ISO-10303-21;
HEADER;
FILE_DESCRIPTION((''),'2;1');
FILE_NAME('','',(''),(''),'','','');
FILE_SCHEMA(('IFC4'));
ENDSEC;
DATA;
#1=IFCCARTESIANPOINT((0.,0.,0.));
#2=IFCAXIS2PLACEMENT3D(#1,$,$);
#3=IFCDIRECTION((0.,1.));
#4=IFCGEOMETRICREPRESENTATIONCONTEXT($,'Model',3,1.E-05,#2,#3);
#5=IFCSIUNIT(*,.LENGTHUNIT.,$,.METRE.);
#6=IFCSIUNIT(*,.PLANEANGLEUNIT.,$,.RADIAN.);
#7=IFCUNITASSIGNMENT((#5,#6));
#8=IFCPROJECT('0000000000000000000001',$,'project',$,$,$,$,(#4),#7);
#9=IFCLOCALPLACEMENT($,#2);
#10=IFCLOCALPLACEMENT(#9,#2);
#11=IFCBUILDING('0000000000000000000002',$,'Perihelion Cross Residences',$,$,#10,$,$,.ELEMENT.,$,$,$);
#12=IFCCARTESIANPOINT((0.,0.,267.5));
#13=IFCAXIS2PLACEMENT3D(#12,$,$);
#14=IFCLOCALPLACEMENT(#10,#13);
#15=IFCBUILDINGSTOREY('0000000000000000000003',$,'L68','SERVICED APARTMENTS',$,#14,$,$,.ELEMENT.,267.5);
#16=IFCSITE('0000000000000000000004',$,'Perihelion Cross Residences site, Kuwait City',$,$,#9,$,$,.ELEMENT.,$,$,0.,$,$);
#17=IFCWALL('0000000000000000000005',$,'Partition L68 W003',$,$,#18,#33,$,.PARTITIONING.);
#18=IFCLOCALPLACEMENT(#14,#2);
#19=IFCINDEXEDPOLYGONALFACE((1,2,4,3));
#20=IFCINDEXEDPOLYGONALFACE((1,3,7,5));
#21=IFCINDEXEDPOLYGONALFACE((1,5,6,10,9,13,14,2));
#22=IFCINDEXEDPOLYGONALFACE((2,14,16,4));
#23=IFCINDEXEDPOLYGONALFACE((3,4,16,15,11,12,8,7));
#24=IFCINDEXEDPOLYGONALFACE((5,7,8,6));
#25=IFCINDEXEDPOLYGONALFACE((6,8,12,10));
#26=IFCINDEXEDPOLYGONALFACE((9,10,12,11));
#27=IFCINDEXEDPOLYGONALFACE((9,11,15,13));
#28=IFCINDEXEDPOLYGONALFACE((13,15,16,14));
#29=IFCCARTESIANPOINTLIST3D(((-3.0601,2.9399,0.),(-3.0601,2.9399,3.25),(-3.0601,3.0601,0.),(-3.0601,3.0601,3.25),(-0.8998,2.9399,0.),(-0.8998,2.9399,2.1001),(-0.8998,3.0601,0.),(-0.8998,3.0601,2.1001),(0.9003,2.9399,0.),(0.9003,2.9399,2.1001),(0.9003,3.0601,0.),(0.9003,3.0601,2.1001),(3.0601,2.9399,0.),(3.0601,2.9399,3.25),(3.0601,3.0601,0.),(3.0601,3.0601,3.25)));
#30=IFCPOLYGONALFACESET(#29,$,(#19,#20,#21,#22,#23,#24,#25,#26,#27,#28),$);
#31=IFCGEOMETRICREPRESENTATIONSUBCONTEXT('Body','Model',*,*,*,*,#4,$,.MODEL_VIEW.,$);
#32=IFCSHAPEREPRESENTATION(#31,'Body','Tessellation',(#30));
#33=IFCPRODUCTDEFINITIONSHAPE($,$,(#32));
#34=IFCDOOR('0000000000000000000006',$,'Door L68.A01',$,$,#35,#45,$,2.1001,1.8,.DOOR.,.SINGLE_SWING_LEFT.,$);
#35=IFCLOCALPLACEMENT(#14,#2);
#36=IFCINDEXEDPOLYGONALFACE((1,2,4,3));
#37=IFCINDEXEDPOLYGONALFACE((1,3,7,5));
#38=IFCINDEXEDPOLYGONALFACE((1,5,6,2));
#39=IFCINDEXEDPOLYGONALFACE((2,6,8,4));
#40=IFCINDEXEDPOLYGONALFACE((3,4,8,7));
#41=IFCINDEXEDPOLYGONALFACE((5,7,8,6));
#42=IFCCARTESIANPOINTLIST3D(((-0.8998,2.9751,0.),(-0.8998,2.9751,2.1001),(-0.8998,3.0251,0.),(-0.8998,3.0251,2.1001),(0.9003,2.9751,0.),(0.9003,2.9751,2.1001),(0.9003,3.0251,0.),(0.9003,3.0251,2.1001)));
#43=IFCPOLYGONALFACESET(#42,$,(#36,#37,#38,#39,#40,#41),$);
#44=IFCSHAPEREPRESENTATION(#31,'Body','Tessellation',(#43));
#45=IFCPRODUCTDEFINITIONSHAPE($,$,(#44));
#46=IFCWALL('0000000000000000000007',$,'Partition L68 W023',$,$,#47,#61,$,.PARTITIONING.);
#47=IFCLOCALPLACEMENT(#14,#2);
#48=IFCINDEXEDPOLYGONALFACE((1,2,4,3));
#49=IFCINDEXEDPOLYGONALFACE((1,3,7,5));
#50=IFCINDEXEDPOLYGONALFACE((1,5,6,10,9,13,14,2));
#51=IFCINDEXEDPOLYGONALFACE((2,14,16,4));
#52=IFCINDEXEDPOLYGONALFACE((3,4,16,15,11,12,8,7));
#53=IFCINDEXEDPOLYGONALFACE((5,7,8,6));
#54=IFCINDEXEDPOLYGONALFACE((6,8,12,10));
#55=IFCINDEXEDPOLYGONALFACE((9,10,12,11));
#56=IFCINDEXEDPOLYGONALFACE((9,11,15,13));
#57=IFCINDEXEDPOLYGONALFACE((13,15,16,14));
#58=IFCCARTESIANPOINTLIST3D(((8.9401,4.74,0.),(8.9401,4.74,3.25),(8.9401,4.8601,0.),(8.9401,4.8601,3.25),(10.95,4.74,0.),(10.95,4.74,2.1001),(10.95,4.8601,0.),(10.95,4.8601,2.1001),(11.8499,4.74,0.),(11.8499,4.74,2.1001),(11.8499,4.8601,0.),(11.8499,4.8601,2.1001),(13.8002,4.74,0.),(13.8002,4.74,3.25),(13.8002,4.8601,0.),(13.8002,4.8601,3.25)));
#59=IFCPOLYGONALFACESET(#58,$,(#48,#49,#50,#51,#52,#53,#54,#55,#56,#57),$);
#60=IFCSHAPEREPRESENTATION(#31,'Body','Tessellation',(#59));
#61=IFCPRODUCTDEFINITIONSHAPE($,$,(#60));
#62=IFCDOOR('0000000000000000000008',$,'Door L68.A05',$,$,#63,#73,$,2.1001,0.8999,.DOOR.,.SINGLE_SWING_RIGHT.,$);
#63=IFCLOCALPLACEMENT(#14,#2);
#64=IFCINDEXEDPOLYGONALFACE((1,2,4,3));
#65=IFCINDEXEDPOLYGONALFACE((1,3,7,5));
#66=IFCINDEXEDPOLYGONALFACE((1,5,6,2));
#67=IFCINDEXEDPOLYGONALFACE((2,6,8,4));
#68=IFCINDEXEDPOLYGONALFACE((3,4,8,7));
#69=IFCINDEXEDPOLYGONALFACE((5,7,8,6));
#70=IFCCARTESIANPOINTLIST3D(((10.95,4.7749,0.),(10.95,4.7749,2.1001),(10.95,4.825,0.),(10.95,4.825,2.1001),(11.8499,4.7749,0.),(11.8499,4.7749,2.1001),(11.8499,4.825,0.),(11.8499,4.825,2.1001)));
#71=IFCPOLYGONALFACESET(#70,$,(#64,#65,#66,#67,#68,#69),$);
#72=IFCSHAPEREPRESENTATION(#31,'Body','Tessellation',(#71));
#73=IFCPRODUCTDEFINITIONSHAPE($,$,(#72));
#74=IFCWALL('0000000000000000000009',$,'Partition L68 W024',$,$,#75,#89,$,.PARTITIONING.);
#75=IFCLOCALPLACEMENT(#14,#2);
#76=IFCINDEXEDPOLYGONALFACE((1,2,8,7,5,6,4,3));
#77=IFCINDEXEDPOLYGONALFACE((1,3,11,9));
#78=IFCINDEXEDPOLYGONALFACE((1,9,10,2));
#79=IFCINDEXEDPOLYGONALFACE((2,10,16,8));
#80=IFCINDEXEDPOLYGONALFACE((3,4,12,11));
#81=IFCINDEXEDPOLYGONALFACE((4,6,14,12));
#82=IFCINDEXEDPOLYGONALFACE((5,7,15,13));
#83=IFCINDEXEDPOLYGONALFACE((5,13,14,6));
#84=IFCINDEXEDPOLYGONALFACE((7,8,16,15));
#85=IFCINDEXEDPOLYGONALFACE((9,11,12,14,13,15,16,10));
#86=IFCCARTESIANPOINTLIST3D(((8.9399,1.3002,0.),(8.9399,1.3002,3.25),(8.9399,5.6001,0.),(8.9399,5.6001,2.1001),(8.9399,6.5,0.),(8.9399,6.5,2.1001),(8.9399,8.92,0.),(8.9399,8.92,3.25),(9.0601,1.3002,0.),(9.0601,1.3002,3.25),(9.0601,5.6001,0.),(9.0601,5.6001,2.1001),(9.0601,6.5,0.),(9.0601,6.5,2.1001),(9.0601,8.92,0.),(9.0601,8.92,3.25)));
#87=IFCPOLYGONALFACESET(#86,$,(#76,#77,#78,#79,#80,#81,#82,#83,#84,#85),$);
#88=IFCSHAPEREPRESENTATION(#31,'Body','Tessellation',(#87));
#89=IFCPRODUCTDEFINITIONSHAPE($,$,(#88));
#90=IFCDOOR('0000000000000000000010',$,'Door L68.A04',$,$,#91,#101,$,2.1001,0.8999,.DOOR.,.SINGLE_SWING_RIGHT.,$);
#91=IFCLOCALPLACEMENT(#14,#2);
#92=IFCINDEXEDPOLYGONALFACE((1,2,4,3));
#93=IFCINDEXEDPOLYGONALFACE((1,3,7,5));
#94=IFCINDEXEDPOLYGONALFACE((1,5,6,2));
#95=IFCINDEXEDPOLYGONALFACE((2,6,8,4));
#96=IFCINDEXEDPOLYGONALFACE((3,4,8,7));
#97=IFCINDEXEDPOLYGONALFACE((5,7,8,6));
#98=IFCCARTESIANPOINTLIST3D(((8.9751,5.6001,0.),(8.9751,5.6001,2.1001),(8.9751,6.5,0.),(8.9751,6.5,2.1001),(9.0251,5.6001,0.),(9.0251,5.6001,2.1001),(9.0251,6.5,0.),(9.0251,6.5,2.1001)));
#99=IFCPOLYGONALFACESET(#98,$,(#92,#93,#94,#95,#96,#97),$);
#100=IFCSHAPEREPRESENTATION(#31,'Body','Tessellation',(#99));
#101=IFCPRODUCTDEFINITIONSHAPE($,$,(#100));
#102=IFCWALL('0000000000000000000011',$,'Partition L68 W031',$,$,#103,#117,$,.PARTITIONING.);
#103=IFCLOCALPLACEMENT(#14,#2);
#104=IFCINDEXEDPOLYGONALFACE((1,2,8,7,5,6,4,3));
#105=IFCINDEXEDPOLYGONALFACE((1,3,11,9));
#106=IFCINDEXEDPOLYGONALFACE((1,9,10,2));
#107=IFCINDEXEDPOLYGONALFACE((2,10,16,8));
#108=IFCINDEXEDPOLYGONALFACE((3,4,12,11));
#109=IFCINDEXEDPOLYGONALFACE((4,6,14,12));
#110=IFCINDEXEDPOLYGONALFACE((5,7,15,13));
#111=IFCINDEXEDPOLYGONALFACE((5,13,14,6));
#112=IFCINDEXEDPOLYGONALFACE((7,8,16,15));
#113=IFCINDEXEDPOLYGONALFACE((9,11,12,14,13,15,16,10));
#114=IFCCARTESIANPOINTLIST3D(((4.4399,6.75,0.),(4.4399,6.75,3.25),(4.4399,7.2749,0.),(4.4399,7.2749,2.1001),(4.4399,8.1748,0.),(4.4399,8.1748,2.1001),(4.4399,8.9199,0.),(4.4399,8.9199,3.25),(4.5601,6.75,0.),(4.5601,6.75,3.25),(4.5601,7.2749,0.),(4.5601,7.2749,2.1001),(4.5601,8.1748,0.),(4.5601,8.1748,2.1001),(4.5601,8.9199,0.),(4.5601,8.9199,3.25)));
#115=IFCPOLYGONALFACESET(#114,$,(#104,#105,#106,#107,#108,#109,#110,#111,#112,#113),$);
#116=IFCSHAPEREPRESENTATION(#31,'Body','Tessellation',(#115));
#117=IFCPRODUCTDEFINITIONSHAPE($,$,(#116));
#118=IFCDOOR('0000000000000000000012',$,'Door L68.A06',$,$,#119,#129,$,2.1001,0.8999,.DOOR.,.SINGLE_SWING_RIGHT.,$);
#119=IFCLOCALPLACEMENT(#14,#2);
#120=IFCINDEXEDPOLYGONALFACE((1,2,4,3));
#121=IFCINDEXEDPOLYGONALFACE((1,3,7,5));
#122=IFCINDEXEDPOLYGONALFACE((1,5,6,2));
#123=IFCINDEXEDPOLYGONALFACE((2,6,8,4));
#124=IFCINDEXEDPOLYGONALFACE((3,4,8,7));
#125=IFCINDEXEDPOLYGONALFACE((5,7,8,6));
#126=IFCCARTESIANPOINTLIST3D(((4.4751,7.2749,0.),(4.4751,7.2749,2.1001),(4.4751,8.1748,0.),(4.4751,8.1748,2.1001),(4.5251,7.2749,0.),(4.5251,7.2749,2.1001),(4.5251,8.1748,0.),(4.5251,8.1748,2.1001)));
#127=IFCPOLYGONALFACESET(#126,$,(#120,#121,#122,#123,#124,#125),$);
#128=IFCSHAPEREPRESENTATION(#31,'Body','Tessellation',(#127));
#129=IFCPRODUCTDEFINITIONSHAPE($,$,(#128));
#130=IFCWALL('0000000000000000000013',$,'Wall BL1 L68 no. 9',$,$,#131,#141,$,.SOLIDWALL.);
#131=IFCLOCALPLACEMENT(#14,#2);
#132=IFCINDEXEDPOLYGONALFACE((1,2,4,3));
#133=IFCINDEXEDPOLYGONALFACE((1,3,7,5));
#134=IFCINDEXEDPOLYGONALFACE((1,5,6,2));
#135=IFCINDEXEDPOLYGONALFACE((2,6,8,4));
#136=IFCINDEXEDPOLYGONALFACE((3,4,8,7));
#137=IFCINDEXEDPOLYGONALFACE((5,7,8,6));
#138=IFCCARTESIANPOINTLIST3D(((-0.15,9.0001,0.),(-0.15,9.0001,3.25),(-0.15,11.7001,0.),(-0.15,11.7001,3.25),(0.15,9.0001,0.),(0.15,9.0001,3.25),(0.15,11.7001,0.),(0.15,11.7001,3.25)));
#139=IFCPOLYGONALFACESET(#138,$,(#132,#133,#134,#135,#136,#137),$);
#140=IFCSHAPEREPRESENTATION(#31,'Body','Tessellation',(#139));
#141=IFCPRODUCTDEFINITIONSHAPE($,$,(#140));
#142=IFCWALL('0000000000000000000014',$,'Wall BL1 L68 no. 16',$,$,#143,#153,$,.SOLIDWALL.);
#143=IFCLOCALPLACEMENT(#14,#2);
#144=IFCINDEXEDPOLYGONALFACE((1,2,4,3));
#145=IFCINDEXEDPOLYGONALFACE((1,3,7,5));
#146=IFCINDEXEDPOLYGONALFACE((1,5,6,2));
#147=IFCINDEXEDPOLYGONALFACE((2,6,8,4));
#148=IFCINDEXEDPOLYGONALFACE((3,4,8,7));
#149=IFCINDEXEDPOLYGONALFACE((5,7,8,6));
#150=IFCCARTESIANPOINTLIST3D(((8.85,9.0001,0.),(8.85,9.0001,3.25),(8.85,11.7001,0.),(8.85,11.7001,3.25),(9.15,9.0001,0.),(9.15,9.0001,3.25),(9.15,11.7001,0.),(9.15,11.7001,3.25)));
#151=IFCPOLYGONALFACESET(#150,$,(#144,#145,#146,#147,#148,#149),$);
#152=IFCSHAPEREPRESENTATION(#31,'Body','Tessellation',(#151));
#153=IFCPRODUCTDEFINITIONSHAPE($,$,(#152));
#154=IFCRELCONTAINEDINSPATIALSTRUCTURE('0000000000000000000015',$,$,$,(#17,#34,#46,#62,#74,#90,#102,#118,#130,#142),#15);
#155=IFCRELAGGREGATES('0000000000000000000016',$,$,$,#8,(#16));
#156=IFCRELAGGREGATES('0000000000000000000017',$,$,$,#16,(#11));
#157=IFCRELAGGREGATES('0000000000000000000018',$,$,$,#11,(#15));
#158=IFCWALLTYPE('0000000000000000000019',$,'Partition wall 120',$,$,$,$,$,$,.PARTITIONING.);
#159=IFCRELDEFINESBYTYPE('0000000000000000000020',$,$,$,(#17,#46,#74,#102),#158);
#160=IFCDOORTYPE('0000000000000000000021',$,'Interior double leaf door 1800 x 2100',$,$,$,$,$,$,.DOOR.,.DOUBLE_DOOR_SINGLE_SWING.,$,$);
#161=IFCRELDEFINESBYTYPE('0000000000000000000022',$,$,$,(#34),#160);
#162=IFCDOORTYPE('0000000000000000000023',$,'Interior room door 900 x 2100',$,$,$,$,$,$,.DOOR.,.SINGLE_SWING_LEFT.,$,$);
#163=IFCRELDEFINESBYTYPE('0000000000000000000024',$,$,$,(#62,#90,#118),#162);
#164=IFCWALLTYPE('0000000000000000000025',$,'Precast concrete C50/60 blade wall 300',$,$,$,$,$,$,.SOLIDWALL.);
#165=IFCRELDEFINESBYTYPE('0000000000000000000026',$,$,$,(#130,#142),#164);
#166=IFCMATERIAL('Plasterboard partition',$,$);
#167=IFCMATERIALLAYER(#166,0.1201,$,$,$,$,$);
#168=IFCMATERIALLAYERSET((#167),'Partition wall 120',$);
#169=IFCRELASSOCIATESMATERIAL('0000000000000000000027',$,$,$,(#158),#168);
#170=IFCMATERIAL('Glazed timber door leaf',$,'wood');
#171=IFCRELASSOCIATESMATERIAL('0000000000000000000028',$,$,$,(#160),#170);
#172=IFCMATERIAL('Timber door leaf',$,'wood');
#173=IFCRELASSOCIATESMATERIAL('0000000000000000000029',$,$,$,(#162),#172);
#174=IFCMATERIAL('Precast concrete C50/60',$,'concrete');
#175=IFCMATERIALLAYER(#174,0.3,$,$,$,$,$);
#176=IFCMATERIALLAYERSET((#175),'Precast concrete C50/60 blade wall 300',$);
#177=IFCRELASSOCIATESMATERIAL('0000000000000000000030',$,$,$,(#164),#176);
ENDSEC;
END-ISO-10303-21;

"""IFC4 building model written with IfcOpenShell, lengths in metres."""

from ifc_helpers import new_model, si_unit, direction, frame, frame_2d, origin, place, context, subcontext, project, spatial, rectangle, extrude, material, layer, layer_set, type_object, element, fill, save


model = new_model("IFC4")

# Units and contexts
model_context = context("Model", 3, precision=1e-05, world=origin(), true_north=direction((0.0, 1.0)))
body_context = subcontext(model_context, "Body", "Model", "MODEL_VIEW")
ifc_project = project(units=[si_unit("LENGTHUNIT", "METRE"), si_unit("PLANEANGLEUNIT", "RADIAN")], contexts=[model_context])

# Site, building, storey
site_placement = place(None, origin())
site = spatial("IfcSite", under=ifc_project, at=site_placement, Name="Perihelion Cross Residences site, Kuwait City", CompositionType="ELEMENT", RefElevation=0.0)
building_placement = place(site_placement, origin())
building = spatial("IfcBuilding", under=site, at=building_placement, Name="Perihelion Cross Residences", CompositionType="ELEMENT")
storey_placement = place(building_placement, frame((0.0, 0.0, 267.5)))
storey = spatial("IfcBuildingStorey", under=building, at=storey_placement, Name="L68", Description="SERVICED APARTMENTS", CompositionType="ELEMENT", Elevation=267.5)

# Walls, openings, doors
ifc_material_1 = material(Name="Plasterboard partition")
ifc_layer_1 = layer(ifc_material_1, 0.1201)
ifc_layer_set_1 = layer_set([ifc_layer_1], Name="Partition wall 120")
wall_type_1 = type_object("IfcWallType", Name="Partition wall 120", PredefinedType="PARTITIONING", material=ifc_layer_set_1)
wall_1_placement = place(storey_placement, frame((3.0601, 3.0, 0.0), z_axis=(0.0, 0.0, 1.0), x_axis=(-1.0, 0.0, 0.0)))
wall_1 = element("IfcWall", 1, at=wall_1_placement, inside=storey, type_object=wall_type_1, Name="Partition L68 W003", PredefinedType="PARTITIONING", context=body_context, shape_type="SweptSolid", body=[
    extrude(rectangle(XDim=6.1201, YDim=0.1201, at=frame_2d((3.0601, 0.0))), origin(), (0.0, 0.0, 1.0), 3.25),
])
opening_1_placement = place(wall_1_placement, frame((2.1599, 0.0, 0.0)))
opening_1 = element("IfcOpeningElement", 2, at=opening_1_placement, cuts=wall_1, PredefinedType="OPENING", context=body_context, shape_type="SweptSolid", body=[
    extrude(rectangle(XDim=1.8, YDim=2.1001, at=frame_2d((0.8999, 1.05))), frame((0.0, 0.0701, 0.0), z_axis=(0.0, -1.0, 0.0), x_axis=(1.0, 0.0, 0.0)), (0.0, 0.0, 1.0), 0.1401),
])
ifc_material_2 = material(Name="Glazed timber door leaf", Category="wood")
door_type_1 = type_object("IfcDoorType", Name="Interior double leaf door 1800 x 2100", OperationType="DOUBLE_DOOR_SINGLE_SWING", PredefinedType="DOOR", material=ifc_material_2)
door_1_placement = place(opening_1_placement, origin())
door_1 = element("IfcDoor", 3, at=door_1_placement, inside=storey, type_object=door_type_1, Name="Door L68.A01", OperationType="SINGLE_SWING_LEFT", OverallHeight=2.1001, OverallWidth=1.8, PredefinedType="DOOR", context=body_context, shape_type="SweptSolid", body=[
    extrude(rectangle(XDim=1.8, YDim=2.1001, at=frame_2d((0.8999, 1.05))), frame((0.0, 0.0249, 0.0), z_axis=(0.0, -1.0, 0.0), x_axis=(1.0, 0.0, 0.0)), (0.0, 0.0, 1.0), 0.05),
])
fill(opening_1, door_1)
wall_2_placement = place(storey_placement, frame((8.9399, 4.8, 0.0), z_axis=(0.0, 0.0, 1.0), x_axis=(1.0, 0.0, 0.0)))
wall_2 = element("IfcWall", 4, at=wall_2_placement, inside=storey, type_object=wall_type_1, Name="Partition L68 W023", PredefinedType="PARTITIONING", context=body_context, shape_type="SweptSolid", body=[
    extrude(rectangle(XDim=4.8601, YDim=0.1201, at=frame_2d((2.4302, 0.0))), origin(), (0.0, 0.0, 1.0), 3.25),
])
opening_2_placement = place(wall_2_placement, frame((2.01, 0.0, 0.0)))
opening_2 = element("IfcOpeningElement", 5, at=opening_2_placement, cuts=wall_2, PredefinedType="OPENING", context=body_context, shape_type="SweptSolid", body=[
    extrude(rectangle(XDim=0.8999, YDim=2.1001, at=frame_2d((0.45, 1.05))), frame((0.0, 0.0701, 0.0), z_axis=(0.0, -1.0, 0.0), x_axis=(1.0, 0.0, 0.0)), (0.0, 0.0, 1.0), 0.1401),
])
ifc_material_3 = material(Name="Timber door leaf", Category="wood")
door_type_2 = type_object("IfcDoorType", Name="Interior room door 900 x 2100", OperationType="SINGLE_SWING_LEFT", PredefinedType="DOOR", material=ifc_material_3)
door_2_placement = place(opening_2_placement, origin())
door_2 = element("IfcDoor", 6, at=door_2_placement, inside=storey, type_object=door_type_2, Name="Door L68.A05", OperationType="SINGLE_SWING_RIGHT", OverallHeight=2.1001, OverallWidth=0.8999, PredefinedType="DOOR", context=body_context, shape_type="SweptSolid", body=[
    extrude(rectangle(XDim=0.8999, YDim=2.1001, at=frame_2d((0.45, 1.05))), frame((0.0, 0.0249, 0.0), z_axis=(0.0, -1.0, 0.0), x_axis=(1.0, 0.0, 0.0)), (0.0, 0.0, 1.0), 0.05),
])
fill(opening_2, door_2)
wall_3_placement = place(storey_placement, frame((9.0, 1.3, 0.0), z_axis=(0.0, 0.0, 1.0), x_axis=(0.0, 1.0, 0.0)))
wall_3 = element("IfcWall", 7, at=wall_3_placement, inside=storey, type_object=wall_type_1, Name="Partition L68 W024", PredefinedType="PARTITIONING", context=body_context, shape_type="SweptSolid", body=[
    extrude(rectangle(XDim=7.6199, YDim=0.1201, at=frame_2d((3.8101, 0.0))), origin(), (0.0, 0.0, 1.0), 3.25),
])
opening_3_placement = place(wall_3_placement, frame((4.3, 0.0, 0.0)))
opening_3 = element("IfcOpeningElement", 8, at=opening_3_placement, cuts=wall_3, PredefinedType="OPENING", context=body_context, shape_type="SweptSolid", body=[
    extrude(rectangle(XDim=0.8999, YDim=2.1001, at=frame_2d((0.45, 1.05))), frame((0.0, 0.0701, 0.0), z_axis=(0.0, -1.0, 0.0), x_axis=(1.0, 0.0, 0.0)), (0.0, 0.0, 1.0), 0.1401),
])
door_3_placement = place(opening_3_placement, origin())
door_3 = element("IfcDoor", 9, at=door_3_placement, inside=storey, type_object=door_type_2, Name="Door L68.A04", OperationType="SINGLE_SWING_RIGHT", OverallHeight=2.1001, OverallWidth=0.8999, PredefinedType="DOOR", context=body_context, shape_type="SweptSolid", body=[
    extrude(rectangle(XDim=0.8999, YDim=2.1001, at=frame_2d((0.45, 1.05))), frame((0.0, 0.0249, 0.0), z_axis=(0.0, -1.0, 0.0), x_axis=(1.0, 0.0, 0.0)), (0.0, 0.0, 1.0), 0.05),
])
fill(opening_3, door_3)
wall_4_placement = place(storey_placement, frame((4.5, 6.75, 0.0), z_axis=(0.0, 0.0, 1.0), x_axis=(0.0, 1.0, 0.0)))
wall_4 = element("IfcWall", 10, at=wall_4_placement, inside=storey, type_object=wall_type_1, Name="Partition L68 W031", PredefinedType="PARTITIONING", context=body_context, shape_type="SweptSolid", body=[
    extrude(rectangle(XDim=2.1699, YDim=0.1201, at=frame_2d((1.085, 0.0))), origin(), (0.0, 0.0, 1.0), 3.25),
])
opening_4_placement = place(wall_4_placement, frame((0.5249, 0.0, 0.0)))
opening_4 = element("IfcOpeningElement", 11, at=opening_4_placement, cuts=wall_4, PredefinedType="OPENING", context=body_context, shape_type="SweptSolid", body=[
    extrude(rectangle(XDim=0.8999, YDim=2.1001, at=frame_2d((0.45, 1.05))), frame((0.0, 0.0701, 0.0), z_axis=(0.0, -1.0, 0.0), x_axis=(1.0, 0.0, 0.0)), (0.0, 0.0, 1.0), 0.1401),
])
door_4_placement = place(opening_4_placement, origin())
door_4 = element("IfcDoor", 12, at=door_4_placement, inside=storey, type_object=door_type_2, Name="Door L68.A06", OperationType="SINGLE_SWING_RIGHT", OverallHeight=2.1001, OverallWidth=0.8999, PredefinedType="DOOR", context=body_context, shape_type="SweptSolid", body=[
    extrude(rectangle(XDim=0.8999, YDim=2.1001, at=frame_2d((0.45, 1.05))), frame((0.0, 0.0249, 0.0), z_axis=(0.0, -1.0, 0.0), x_axis=(1.0, 0.0, 0.0)), (0.0, 0.0, 1.0), 0.05),
])
fill(opening_4, door_4)

# Walls
ifc_material_4 = material(Name="Precast concrete C50/60", Category="concrete")
ifc_layer_2 = layer(ifc_material_4, 0.3)
ifc_layer_set_2 = layer_set([ifc_layer_2], Name="Precast concrete C50/60 blade wall 300")
wall_type_2 = type_object("IfcWallType", Name="Precast concrete C50/60 blade wall 300", PredefinedType="SOLIDWALL", material=ifc_layer_set_2)
for number, where, z_axis, x_axis, name in (
    (13, (0.0, 9.0, 0.0), (0.0, 0.0, 1.0), (0.0, 1.0, 0.0), "Wall BL1 L68 no. 9"),
    (14, (9.0, 9.0, 0.0), (0.0, 0.0, 1.0), (0.0, 1.0, 0.0), "Wall BL1 L68 no. 16"),
):
    element("IfcWall", number, at=place(storey_placement, frame(where, z_axis=z_axis, x_axis=x_axis)), inside=storey, type_object=wall_type_2, Name=name, PredefinedType="SOLIDWALL", context=body_context, shape_type="SweptSolid", body=[
        extrude(rectangle(XDim=2.7, YDim=0.3, at=frame_2d((1.3501, 0.0))), origin(), (0.0, 0.0, 1.0), 3.25),
    ])

save(model, "model.ifc")
